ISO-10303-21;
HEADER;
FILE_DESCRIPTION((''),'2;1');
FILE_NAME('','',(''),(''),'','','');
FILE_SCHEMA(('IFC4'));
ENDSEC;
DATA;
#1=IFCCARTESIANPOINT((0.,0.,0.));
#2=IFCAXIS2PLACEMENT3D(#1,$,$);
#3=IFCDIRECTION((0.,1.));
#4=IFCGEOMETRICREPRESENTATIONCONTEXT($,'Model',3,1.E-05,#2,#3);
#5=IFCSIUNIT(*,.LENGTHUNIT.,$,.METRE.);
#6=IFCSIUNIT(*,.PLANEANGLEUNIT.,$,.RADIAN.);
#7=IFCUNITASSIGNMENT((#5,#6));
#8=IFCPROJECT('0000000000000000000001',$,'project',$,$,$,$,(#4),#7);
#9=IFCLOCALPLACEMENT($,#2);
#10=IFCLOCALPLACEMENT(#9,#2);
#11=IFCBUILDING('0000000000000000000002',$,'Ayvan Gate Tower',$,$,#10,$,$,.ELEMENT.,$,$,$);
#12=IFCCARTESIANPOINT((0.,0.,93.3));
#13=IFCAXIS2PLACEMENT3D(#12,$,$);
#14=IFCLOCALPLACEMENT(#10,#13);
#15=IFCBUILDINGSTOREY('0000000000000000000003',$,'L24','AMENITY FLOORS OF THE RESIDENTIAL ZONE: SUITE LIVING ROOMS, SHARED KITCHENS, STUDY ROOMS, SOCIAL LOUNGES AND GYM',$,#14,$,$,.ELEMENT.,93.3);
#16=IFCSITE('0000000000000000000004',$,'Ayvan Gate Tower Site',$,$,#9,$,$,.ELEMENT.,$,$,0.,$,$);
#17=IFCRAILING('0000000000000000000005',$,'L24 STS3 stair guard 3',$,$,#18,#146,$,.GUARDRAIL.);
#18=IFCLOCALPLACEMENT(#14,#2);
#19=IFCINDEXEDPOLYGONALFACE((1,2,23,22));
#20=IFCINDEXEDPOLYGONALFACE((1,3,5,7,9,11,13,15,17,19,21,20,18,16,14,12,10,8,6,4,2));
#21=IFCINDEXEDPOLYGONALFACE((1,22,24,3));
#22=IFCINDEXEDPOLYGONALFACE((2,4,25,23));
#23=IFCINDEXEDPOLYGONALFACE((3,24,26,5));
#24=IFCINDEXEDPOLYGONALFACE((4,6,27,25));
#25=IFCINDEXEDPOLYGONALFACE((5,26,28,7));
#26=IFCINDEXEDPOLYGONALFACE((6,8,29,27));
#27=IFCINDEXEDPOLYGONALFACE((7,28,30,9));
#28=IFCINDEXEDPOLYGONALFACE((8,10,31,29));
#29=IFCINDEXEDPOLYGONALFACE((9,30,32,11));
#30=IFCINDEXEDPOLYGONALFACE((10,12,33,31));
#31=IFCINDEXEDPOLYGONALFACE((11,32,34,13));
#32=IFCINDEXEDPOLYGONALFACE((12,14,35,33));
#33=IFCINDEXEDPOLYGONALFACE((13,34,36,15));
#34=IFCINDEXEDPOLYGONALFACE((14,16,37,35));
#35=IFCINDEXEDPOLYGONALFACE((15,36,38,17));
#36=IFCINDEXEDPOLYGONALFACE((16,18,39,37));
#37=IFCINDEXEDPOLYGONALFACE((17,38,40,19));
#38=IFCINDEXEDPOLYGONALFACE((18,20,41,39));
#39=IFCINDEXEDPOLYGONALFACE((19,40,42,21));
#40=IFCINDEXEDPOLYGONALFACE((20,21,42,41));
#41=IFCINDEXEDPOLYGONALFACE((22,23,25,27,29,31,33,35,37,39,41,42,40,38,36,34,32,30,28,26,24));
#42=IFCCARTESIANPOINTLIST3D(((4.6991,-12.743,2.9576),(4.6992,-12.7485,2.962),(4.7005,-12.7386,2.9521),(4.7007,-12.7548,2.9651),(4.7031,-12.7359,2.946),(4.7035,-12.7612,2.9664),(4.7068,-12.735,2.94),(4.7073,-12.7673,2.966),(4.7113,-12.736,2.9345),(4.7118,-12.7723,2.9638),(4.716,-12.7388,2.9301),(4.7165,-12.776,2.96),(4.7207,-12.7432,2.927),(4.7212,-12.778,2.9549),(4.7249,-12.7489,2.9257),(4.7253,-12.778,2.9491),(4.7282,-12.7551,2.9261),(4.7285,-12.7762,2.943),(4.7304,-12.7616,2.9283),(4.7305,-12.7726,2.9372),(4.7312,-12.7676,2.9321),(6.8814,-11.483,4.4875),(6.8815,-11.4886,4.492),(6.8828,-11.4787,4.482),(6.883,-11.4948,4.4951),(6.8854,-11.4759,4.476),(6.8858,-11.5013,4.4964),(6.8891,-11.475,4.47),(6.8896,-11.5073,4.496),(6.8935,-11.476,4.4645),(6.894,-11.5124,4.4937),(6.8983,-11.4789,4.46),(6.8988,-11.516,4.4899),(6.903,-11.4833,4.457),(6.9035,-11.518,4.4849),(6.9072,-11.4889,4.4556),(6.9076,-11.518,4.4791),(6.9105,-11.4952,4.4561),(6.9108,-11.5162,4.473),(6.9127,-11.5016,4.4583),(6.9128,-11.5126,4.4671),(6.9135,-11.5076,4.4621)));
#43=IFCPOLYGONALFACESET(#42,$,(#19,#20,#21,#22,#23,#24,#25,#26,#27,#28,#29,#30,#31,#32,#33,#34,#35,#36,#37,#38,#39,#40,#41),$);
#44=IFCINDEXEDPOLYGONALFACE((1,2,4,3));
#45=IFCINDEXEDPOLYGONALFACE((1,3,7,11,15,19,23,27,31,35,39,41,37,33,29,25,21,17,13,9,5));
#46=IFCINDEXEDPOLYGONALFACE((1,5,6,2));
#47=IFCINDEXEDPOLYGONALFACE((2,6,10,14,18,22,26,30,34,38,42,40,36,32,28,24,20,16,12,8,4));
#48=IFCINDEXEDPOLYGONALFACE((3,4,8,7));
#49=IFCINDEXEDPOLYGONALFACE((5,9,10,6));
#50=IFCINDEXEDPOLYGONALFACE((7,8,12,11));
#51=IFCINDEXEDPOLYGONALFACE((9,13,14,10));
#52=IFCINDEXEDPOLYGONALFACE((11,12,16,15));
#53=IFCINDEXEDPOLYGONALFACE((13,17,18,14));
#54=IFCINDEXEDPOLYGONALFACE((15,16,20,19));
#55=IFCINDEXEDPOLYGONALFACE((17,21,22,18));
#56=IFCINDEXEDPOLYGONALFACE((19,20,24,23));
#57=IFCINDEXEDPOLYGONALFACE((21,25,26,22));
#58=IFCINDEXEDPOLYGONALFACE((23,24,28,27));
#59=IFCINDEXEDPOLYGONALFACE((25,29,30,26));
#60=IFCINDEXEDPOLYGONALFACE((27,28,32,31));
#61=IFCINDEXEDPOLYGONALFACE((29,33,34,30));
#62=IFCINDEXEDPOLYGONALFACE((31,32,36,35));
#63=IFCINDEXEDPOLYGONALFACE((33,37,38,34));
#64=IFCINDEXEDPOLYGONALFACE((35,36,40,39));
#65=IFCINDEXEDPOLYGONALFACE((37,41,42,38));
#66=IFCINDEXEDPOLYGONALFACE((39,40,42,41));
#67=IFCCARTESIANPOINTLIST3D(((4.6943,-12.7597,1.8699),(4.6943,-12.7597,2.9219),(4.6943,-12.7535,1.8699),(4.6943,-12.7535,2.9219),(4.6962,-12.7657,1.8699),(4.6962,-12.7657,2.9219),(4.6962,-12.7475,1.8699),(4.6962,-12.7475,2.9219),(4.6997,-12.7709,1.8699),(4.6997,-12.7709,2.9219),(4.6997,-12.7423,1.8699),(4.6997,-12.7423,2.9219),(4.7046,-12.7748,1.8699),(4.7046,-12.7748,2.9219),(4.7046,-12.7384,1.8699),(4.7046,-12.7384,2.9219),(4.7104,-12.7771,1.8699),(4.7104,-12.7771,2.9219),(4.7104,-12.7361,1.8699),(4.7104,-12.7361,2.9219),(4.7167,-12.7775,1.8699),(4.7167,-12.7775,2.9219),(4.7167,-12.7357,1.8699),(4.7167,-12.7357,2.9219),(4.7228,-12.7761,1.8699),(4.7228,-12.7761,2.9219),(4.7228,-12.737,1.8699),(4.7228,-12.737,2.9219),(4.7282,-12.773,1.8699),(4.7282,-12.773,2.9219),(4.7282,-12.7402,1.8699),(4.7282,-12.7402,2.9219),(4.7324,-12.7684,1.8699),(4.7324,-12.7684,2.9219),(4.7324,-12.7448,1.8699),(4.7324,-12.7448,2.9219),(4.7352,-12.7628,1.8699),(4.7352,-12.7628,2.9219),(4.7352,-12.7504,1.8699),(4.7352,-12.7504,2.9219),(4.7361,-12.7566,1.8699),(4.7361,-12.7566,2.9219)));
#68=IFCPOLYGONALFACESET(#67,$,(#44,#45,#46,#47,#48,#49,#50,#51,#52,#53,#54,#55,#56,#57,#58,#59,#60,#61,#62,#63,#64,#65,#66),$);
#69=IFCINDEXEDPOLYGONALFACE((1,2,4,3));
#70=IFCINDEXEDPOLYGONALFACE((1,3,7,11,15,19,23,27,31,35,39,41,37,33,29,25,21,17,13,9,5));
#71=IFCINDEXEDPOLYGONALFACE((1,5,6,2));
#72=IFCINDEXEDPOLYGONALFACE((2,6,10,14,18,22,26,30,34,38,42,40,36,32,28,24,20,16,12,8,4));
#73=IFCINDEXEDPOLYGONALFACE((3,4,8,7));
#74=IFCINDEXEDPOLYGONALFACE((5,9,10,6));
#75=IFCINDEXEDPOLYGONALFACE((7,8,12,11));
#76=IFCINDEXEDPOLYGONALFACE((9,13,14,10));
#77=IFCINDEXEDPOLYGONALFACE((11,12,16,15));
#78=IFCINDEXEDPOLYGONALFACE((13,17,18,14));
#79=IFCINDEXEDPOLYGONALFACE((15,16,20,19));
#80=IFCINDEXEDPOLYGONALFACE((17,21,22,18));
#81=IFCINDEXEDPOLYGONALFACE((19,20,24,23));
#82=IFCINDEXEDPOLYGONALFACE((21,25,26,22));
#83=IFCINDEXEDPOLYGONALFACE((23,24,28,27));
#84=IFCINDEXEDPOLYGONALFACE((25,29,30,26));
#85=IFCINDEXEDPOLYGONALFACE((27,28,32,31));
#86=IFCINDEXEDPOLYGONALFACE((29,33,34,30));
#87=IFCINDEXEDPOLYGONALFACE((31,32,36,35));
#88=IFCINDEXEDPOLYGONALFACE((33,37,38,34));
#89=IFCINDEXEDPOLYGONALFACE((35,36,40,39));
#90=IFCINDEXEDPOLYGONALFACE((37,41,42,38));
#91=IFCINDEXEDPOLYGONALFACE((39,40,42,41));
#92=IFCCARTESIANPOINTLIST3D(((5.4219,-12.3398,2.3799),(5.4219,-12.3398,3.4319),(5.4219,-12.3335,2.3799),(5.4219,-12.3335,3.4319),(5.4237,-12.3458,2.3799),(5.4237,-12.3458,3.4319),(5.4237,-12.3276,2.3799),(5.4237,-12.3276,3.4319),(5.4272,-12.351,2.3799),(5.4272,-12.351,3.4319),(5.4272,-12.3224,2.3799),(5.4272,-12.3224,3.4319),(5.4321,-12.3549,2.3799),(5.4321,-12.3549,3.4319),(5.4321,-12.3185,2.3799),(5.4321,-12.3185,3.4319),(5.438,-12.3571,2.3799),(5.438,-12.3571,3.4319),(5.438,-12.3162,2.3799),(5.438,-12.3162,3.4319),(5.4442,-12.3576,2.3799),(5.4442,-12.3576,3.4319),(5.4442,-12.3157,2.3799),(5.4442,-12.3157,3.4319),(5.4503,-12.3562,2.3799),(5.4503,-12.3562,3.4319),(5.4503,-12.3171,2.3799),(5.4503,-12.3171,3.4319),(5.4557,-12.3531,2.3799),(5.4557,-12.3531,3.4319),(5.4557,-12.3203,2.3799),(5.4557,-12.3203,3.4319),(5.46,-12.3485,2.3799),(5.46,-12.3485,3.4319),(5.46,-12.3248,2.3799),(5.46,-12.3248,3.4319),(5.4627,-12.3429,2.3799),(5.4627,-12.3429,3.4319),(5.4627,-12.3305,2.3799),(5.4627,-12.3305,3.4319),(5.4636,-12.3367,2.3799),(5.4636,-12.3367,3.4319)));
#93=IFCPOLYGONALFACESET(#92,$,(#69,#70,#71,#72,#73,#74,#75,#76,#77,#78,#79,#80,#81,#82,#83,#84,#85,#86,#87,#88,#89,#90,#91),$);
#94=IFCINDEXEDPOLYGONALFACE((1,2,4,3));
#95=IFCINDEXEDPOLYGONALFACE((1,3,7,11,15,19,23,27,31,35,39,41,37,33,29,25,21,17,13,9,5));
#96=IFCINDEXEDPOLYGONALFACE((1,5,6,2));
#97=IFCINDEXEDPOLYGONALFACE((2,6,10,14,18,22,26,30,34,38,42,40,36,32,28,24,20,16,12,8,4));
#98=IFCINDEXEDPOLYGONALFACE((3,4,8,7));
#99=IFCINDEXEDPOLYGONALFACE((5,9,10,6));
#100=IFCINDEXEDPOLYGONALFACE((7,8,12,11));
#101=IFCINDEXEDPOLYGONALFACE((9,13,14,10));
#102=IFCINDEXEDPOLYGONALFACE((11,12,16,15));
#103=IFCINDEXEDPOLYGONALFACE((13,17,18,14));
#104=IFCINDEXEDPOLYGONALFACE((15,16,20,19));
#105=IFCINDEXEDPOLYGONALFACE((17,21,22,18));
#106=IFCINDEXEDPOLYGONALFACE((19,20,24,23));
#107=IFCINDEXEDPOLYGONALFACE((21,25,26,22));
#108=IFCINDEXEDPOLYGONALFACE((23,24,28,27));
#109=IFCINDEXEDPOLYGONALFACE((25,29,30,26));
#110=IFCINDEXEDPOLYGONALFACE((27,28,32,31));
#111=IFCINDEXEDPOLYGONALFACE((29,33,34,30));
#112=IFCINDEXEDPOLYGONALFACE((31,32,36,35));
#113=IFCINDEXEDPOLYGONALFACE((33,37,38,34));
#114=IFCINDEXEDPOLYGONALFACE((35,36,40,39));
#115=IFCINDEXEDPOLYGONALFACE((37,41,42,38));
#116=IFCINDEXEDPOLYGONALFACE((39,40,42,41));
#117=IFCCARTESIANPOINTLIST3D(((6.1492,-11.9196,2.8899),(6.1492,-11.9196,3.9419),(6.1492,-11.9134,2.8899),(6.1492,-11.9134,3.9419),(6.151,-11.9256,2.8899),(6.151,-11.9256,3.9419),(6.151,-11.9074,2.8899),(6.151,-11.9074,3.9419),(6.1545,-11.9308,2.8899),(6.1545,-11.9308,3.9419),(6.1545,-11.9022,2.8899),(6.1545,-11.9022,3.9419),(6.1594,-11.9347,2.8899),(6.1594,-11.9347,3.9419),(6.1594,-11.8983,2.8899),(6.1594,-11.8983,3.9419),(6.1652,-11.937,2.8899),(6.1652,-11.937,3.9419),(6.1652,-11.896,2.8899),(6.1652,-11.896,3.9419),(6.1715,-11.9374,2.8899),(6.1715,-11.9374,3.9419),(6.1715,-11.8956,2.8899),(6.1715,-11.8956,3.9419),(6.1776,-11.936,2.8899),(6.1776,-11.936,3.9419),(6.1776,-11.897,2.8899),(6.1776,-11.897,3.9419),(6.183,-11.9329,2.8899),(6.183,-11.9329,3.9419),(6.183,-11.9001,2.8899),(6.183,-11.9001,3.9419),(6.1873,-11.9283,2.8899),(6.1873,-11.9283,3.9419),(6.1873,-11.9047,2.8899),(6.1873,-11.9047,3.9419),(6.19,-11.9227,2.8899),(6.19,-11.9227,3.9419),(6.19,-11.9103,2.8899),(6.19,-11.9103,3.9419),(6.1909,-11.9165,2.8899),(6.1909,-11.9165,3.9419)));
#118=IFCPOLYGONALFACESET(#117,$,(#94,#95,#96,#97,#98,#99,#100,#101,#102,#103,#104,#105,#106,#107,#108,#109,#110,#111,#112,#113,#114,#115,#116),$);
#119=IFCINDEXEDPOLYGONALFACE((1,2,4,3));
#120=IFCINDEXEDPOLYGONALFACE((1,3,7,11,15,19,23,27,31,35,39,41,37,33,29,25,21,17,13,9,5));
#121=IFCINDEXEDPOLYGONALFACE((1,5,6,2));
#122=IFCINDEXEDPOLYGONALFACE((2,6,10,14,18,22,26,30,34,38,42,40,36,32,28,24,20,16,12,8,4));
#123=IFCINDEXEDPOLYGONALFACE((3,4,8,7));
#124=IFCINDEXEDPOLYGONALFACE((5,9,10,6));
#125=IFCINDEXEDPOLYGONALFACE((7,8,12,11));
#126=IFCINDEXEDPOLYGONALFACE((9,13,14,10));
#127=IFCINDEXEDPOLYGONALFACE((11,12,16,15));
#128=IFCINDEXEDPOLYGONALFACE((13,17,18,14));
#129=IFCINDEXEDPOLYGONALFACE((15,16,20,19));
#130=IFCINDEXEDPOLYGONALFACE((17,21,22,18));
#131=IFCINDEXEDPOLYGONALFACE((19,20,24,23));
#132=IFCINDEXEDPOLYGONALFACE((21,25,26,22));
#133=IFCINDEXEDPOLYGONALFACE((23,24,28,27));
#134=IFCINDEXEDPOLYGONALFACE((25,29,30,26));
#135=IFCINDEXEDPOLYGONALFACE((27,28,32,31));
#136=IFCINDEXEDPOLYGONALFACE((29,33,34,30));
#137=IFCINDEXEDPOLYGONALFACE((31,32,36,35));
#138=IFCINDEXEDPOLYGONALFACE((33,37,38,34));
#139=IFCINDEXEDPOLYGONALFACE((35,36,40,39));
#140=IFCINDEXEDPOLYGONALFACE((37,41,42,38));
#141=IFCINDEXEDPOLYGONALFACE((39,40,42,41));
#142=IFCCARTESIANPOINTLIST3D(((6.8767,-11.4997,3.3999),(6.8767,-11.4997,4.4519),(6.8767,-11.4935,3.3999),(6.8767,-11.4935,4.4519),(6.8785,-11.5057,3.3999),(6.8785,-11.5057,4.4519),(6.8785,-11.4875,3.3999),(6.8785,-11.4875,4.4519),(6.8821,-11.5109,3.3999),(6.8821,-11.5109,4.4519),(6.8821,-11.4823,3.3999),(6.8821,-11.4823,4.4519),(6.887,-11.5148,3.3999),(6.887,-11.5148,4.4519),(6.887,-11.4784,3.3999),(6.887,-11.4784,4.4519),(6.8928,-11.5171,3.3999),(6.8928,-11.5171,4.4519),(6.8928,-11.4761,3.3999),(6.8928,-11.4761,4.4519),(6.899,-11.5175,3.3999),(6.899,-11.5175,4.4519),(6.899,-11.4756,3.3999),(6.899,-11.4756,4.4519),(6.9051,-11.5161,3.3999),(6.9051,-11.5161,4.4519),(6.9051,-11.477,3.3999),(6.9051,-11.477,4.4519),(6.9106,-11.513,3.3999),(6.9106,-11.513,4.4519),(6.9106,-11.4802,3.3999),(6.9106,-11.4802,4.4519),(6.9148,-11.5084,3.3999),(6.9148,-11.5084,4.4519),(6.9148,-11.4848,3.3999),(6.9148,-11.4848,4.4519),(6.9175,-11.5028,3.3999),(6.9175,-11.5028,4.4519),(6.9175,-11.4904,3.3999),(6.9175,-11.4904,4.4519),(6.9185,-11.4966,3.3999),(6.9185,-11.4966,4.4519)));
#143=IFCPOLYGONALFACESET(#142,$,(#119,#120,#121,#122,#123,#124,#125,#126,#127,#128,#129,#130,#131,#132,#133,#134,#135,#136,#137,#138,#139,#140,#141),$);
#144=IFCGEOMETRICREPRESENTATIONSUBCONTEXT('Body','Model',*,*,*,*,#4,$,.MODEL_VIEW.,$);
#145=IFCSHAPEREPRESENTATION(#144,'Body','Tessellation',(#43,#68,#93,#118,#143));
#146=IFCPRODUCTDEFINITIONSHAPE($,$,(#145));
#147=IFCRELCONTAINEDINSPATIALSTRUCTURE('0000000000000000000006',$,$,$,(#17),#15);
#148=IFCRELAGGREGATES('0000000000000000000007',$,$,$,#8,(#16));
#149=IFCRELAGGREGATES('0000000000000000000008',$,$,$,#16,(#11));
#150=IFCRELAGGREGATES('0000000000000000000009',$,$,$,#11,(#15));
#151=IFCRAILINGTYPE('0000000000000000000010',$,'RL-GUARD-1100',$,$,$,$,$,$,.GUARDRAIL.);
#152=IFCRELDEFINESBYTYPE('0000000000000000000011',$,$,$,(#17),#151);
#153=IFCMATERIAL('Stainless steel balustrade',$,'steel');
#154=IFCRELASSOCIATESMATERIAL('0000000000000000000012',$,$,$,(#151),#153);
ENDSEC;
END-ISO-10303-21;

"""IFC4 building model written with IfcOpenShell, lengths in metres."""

from ifc_helpers import new_model, si_unit, direction, frame, origin, origin_2d, place, context, subcontext, project, spatial, circle, extrude, material, type_object, element, save


model = new_model("IFC4")

# Units and contexts
model_context = context("Model", 3, precision=1e-05, world=origin(), true_north=direction((0.0, 1.0)))
body_context = subcontext(model_context, "Body", "Model", "MODEL_VIEW")
ifc_project = project(units=[si_unit("LENGTHUNIT", "METRE"), si_unit("PLANEANGLEUNIT", "RADIAN")], contexts=[model_context])

# Site, building, storey
site_placement = place(None, origin())
site = spatial("IfcSite", under=ifc_project, at=site_placement, Name="Ayvan Gate Tower Site", CompositionType="ELEMENT", RefElevation=0.0)
building_placement = place(site_placement, origin())
building = spatial("IfcBuilding", under=site, at=building_placement, Name="Ayvan Gate Tower", CompositionType="ELEMENT")
storey_placement = place(building_placement, frame((0.0, 0.0, 93.3)))
storey = spatial("IfcBuildingStorey", under=building, at=storey_placement, Name="L24", Description="AMENITY FLOORS OF THE RESIDENTIAL ZONE: SUITE LIVING ROOMS, SHARED KITCHENS, STUDY ROOMS, SOCIAL LOUNGES AND GYM", CompositionType="ELEMENT", Elevation=93.3)

# Railing
ifc_material_1 = material(Name="Stainless steel balustrade", Category="steel")
railing_type_1 = type_object("IfcRailingType", Name="RL-GUARD-1100", PredefinedType="GUARDRAIL", material=ifc_material_1)
railing_1_placement = place(storey_placement, frame((4.7151, -12.7566, 1.8699)))
element("IfcRailing", 1, at=railing_1_placement, inside=storey, type_object=railing_type_1, Name="L24 STS3 stair guard 3", PredefinedType="GUARDRAIL", context=body_context, shape_type="SweptSolid", body=[
    extrude(circle(Radius=0.0239, at=origin_2d()), frame((0.0, 0.0, 1.0762), z_axis=(0.740261, 0.427395, 0.518986), x_axis=(-0.500005, 0.866023, 0.0)), (0.0, 0.0, 1.0), 2.948),
    extrude(circle(Radius=0.021, at=origin_2d()), origin(), (0.0, 0.0, 1.0), 1.052),
    extrude(circle(Radius=0.021, at=origin_2d()), frame((0.7275, 0.4199, 0.51)), (0.0, 0.0, 1.0), 1.052),
    extrude(circle(Radius=0.021, at=origin_2d()), frame((1.4548, 0.8401, 1.02)), (0.0, 0.0, 1.0), 1.052),
    extrude(circle(Radius=0.021, at=origin_2d()), frame((2.1824, 1.26, 1.53)), (0.0, 0.0, 1.0), 1.052),
])

save(model, "model.ifc")
